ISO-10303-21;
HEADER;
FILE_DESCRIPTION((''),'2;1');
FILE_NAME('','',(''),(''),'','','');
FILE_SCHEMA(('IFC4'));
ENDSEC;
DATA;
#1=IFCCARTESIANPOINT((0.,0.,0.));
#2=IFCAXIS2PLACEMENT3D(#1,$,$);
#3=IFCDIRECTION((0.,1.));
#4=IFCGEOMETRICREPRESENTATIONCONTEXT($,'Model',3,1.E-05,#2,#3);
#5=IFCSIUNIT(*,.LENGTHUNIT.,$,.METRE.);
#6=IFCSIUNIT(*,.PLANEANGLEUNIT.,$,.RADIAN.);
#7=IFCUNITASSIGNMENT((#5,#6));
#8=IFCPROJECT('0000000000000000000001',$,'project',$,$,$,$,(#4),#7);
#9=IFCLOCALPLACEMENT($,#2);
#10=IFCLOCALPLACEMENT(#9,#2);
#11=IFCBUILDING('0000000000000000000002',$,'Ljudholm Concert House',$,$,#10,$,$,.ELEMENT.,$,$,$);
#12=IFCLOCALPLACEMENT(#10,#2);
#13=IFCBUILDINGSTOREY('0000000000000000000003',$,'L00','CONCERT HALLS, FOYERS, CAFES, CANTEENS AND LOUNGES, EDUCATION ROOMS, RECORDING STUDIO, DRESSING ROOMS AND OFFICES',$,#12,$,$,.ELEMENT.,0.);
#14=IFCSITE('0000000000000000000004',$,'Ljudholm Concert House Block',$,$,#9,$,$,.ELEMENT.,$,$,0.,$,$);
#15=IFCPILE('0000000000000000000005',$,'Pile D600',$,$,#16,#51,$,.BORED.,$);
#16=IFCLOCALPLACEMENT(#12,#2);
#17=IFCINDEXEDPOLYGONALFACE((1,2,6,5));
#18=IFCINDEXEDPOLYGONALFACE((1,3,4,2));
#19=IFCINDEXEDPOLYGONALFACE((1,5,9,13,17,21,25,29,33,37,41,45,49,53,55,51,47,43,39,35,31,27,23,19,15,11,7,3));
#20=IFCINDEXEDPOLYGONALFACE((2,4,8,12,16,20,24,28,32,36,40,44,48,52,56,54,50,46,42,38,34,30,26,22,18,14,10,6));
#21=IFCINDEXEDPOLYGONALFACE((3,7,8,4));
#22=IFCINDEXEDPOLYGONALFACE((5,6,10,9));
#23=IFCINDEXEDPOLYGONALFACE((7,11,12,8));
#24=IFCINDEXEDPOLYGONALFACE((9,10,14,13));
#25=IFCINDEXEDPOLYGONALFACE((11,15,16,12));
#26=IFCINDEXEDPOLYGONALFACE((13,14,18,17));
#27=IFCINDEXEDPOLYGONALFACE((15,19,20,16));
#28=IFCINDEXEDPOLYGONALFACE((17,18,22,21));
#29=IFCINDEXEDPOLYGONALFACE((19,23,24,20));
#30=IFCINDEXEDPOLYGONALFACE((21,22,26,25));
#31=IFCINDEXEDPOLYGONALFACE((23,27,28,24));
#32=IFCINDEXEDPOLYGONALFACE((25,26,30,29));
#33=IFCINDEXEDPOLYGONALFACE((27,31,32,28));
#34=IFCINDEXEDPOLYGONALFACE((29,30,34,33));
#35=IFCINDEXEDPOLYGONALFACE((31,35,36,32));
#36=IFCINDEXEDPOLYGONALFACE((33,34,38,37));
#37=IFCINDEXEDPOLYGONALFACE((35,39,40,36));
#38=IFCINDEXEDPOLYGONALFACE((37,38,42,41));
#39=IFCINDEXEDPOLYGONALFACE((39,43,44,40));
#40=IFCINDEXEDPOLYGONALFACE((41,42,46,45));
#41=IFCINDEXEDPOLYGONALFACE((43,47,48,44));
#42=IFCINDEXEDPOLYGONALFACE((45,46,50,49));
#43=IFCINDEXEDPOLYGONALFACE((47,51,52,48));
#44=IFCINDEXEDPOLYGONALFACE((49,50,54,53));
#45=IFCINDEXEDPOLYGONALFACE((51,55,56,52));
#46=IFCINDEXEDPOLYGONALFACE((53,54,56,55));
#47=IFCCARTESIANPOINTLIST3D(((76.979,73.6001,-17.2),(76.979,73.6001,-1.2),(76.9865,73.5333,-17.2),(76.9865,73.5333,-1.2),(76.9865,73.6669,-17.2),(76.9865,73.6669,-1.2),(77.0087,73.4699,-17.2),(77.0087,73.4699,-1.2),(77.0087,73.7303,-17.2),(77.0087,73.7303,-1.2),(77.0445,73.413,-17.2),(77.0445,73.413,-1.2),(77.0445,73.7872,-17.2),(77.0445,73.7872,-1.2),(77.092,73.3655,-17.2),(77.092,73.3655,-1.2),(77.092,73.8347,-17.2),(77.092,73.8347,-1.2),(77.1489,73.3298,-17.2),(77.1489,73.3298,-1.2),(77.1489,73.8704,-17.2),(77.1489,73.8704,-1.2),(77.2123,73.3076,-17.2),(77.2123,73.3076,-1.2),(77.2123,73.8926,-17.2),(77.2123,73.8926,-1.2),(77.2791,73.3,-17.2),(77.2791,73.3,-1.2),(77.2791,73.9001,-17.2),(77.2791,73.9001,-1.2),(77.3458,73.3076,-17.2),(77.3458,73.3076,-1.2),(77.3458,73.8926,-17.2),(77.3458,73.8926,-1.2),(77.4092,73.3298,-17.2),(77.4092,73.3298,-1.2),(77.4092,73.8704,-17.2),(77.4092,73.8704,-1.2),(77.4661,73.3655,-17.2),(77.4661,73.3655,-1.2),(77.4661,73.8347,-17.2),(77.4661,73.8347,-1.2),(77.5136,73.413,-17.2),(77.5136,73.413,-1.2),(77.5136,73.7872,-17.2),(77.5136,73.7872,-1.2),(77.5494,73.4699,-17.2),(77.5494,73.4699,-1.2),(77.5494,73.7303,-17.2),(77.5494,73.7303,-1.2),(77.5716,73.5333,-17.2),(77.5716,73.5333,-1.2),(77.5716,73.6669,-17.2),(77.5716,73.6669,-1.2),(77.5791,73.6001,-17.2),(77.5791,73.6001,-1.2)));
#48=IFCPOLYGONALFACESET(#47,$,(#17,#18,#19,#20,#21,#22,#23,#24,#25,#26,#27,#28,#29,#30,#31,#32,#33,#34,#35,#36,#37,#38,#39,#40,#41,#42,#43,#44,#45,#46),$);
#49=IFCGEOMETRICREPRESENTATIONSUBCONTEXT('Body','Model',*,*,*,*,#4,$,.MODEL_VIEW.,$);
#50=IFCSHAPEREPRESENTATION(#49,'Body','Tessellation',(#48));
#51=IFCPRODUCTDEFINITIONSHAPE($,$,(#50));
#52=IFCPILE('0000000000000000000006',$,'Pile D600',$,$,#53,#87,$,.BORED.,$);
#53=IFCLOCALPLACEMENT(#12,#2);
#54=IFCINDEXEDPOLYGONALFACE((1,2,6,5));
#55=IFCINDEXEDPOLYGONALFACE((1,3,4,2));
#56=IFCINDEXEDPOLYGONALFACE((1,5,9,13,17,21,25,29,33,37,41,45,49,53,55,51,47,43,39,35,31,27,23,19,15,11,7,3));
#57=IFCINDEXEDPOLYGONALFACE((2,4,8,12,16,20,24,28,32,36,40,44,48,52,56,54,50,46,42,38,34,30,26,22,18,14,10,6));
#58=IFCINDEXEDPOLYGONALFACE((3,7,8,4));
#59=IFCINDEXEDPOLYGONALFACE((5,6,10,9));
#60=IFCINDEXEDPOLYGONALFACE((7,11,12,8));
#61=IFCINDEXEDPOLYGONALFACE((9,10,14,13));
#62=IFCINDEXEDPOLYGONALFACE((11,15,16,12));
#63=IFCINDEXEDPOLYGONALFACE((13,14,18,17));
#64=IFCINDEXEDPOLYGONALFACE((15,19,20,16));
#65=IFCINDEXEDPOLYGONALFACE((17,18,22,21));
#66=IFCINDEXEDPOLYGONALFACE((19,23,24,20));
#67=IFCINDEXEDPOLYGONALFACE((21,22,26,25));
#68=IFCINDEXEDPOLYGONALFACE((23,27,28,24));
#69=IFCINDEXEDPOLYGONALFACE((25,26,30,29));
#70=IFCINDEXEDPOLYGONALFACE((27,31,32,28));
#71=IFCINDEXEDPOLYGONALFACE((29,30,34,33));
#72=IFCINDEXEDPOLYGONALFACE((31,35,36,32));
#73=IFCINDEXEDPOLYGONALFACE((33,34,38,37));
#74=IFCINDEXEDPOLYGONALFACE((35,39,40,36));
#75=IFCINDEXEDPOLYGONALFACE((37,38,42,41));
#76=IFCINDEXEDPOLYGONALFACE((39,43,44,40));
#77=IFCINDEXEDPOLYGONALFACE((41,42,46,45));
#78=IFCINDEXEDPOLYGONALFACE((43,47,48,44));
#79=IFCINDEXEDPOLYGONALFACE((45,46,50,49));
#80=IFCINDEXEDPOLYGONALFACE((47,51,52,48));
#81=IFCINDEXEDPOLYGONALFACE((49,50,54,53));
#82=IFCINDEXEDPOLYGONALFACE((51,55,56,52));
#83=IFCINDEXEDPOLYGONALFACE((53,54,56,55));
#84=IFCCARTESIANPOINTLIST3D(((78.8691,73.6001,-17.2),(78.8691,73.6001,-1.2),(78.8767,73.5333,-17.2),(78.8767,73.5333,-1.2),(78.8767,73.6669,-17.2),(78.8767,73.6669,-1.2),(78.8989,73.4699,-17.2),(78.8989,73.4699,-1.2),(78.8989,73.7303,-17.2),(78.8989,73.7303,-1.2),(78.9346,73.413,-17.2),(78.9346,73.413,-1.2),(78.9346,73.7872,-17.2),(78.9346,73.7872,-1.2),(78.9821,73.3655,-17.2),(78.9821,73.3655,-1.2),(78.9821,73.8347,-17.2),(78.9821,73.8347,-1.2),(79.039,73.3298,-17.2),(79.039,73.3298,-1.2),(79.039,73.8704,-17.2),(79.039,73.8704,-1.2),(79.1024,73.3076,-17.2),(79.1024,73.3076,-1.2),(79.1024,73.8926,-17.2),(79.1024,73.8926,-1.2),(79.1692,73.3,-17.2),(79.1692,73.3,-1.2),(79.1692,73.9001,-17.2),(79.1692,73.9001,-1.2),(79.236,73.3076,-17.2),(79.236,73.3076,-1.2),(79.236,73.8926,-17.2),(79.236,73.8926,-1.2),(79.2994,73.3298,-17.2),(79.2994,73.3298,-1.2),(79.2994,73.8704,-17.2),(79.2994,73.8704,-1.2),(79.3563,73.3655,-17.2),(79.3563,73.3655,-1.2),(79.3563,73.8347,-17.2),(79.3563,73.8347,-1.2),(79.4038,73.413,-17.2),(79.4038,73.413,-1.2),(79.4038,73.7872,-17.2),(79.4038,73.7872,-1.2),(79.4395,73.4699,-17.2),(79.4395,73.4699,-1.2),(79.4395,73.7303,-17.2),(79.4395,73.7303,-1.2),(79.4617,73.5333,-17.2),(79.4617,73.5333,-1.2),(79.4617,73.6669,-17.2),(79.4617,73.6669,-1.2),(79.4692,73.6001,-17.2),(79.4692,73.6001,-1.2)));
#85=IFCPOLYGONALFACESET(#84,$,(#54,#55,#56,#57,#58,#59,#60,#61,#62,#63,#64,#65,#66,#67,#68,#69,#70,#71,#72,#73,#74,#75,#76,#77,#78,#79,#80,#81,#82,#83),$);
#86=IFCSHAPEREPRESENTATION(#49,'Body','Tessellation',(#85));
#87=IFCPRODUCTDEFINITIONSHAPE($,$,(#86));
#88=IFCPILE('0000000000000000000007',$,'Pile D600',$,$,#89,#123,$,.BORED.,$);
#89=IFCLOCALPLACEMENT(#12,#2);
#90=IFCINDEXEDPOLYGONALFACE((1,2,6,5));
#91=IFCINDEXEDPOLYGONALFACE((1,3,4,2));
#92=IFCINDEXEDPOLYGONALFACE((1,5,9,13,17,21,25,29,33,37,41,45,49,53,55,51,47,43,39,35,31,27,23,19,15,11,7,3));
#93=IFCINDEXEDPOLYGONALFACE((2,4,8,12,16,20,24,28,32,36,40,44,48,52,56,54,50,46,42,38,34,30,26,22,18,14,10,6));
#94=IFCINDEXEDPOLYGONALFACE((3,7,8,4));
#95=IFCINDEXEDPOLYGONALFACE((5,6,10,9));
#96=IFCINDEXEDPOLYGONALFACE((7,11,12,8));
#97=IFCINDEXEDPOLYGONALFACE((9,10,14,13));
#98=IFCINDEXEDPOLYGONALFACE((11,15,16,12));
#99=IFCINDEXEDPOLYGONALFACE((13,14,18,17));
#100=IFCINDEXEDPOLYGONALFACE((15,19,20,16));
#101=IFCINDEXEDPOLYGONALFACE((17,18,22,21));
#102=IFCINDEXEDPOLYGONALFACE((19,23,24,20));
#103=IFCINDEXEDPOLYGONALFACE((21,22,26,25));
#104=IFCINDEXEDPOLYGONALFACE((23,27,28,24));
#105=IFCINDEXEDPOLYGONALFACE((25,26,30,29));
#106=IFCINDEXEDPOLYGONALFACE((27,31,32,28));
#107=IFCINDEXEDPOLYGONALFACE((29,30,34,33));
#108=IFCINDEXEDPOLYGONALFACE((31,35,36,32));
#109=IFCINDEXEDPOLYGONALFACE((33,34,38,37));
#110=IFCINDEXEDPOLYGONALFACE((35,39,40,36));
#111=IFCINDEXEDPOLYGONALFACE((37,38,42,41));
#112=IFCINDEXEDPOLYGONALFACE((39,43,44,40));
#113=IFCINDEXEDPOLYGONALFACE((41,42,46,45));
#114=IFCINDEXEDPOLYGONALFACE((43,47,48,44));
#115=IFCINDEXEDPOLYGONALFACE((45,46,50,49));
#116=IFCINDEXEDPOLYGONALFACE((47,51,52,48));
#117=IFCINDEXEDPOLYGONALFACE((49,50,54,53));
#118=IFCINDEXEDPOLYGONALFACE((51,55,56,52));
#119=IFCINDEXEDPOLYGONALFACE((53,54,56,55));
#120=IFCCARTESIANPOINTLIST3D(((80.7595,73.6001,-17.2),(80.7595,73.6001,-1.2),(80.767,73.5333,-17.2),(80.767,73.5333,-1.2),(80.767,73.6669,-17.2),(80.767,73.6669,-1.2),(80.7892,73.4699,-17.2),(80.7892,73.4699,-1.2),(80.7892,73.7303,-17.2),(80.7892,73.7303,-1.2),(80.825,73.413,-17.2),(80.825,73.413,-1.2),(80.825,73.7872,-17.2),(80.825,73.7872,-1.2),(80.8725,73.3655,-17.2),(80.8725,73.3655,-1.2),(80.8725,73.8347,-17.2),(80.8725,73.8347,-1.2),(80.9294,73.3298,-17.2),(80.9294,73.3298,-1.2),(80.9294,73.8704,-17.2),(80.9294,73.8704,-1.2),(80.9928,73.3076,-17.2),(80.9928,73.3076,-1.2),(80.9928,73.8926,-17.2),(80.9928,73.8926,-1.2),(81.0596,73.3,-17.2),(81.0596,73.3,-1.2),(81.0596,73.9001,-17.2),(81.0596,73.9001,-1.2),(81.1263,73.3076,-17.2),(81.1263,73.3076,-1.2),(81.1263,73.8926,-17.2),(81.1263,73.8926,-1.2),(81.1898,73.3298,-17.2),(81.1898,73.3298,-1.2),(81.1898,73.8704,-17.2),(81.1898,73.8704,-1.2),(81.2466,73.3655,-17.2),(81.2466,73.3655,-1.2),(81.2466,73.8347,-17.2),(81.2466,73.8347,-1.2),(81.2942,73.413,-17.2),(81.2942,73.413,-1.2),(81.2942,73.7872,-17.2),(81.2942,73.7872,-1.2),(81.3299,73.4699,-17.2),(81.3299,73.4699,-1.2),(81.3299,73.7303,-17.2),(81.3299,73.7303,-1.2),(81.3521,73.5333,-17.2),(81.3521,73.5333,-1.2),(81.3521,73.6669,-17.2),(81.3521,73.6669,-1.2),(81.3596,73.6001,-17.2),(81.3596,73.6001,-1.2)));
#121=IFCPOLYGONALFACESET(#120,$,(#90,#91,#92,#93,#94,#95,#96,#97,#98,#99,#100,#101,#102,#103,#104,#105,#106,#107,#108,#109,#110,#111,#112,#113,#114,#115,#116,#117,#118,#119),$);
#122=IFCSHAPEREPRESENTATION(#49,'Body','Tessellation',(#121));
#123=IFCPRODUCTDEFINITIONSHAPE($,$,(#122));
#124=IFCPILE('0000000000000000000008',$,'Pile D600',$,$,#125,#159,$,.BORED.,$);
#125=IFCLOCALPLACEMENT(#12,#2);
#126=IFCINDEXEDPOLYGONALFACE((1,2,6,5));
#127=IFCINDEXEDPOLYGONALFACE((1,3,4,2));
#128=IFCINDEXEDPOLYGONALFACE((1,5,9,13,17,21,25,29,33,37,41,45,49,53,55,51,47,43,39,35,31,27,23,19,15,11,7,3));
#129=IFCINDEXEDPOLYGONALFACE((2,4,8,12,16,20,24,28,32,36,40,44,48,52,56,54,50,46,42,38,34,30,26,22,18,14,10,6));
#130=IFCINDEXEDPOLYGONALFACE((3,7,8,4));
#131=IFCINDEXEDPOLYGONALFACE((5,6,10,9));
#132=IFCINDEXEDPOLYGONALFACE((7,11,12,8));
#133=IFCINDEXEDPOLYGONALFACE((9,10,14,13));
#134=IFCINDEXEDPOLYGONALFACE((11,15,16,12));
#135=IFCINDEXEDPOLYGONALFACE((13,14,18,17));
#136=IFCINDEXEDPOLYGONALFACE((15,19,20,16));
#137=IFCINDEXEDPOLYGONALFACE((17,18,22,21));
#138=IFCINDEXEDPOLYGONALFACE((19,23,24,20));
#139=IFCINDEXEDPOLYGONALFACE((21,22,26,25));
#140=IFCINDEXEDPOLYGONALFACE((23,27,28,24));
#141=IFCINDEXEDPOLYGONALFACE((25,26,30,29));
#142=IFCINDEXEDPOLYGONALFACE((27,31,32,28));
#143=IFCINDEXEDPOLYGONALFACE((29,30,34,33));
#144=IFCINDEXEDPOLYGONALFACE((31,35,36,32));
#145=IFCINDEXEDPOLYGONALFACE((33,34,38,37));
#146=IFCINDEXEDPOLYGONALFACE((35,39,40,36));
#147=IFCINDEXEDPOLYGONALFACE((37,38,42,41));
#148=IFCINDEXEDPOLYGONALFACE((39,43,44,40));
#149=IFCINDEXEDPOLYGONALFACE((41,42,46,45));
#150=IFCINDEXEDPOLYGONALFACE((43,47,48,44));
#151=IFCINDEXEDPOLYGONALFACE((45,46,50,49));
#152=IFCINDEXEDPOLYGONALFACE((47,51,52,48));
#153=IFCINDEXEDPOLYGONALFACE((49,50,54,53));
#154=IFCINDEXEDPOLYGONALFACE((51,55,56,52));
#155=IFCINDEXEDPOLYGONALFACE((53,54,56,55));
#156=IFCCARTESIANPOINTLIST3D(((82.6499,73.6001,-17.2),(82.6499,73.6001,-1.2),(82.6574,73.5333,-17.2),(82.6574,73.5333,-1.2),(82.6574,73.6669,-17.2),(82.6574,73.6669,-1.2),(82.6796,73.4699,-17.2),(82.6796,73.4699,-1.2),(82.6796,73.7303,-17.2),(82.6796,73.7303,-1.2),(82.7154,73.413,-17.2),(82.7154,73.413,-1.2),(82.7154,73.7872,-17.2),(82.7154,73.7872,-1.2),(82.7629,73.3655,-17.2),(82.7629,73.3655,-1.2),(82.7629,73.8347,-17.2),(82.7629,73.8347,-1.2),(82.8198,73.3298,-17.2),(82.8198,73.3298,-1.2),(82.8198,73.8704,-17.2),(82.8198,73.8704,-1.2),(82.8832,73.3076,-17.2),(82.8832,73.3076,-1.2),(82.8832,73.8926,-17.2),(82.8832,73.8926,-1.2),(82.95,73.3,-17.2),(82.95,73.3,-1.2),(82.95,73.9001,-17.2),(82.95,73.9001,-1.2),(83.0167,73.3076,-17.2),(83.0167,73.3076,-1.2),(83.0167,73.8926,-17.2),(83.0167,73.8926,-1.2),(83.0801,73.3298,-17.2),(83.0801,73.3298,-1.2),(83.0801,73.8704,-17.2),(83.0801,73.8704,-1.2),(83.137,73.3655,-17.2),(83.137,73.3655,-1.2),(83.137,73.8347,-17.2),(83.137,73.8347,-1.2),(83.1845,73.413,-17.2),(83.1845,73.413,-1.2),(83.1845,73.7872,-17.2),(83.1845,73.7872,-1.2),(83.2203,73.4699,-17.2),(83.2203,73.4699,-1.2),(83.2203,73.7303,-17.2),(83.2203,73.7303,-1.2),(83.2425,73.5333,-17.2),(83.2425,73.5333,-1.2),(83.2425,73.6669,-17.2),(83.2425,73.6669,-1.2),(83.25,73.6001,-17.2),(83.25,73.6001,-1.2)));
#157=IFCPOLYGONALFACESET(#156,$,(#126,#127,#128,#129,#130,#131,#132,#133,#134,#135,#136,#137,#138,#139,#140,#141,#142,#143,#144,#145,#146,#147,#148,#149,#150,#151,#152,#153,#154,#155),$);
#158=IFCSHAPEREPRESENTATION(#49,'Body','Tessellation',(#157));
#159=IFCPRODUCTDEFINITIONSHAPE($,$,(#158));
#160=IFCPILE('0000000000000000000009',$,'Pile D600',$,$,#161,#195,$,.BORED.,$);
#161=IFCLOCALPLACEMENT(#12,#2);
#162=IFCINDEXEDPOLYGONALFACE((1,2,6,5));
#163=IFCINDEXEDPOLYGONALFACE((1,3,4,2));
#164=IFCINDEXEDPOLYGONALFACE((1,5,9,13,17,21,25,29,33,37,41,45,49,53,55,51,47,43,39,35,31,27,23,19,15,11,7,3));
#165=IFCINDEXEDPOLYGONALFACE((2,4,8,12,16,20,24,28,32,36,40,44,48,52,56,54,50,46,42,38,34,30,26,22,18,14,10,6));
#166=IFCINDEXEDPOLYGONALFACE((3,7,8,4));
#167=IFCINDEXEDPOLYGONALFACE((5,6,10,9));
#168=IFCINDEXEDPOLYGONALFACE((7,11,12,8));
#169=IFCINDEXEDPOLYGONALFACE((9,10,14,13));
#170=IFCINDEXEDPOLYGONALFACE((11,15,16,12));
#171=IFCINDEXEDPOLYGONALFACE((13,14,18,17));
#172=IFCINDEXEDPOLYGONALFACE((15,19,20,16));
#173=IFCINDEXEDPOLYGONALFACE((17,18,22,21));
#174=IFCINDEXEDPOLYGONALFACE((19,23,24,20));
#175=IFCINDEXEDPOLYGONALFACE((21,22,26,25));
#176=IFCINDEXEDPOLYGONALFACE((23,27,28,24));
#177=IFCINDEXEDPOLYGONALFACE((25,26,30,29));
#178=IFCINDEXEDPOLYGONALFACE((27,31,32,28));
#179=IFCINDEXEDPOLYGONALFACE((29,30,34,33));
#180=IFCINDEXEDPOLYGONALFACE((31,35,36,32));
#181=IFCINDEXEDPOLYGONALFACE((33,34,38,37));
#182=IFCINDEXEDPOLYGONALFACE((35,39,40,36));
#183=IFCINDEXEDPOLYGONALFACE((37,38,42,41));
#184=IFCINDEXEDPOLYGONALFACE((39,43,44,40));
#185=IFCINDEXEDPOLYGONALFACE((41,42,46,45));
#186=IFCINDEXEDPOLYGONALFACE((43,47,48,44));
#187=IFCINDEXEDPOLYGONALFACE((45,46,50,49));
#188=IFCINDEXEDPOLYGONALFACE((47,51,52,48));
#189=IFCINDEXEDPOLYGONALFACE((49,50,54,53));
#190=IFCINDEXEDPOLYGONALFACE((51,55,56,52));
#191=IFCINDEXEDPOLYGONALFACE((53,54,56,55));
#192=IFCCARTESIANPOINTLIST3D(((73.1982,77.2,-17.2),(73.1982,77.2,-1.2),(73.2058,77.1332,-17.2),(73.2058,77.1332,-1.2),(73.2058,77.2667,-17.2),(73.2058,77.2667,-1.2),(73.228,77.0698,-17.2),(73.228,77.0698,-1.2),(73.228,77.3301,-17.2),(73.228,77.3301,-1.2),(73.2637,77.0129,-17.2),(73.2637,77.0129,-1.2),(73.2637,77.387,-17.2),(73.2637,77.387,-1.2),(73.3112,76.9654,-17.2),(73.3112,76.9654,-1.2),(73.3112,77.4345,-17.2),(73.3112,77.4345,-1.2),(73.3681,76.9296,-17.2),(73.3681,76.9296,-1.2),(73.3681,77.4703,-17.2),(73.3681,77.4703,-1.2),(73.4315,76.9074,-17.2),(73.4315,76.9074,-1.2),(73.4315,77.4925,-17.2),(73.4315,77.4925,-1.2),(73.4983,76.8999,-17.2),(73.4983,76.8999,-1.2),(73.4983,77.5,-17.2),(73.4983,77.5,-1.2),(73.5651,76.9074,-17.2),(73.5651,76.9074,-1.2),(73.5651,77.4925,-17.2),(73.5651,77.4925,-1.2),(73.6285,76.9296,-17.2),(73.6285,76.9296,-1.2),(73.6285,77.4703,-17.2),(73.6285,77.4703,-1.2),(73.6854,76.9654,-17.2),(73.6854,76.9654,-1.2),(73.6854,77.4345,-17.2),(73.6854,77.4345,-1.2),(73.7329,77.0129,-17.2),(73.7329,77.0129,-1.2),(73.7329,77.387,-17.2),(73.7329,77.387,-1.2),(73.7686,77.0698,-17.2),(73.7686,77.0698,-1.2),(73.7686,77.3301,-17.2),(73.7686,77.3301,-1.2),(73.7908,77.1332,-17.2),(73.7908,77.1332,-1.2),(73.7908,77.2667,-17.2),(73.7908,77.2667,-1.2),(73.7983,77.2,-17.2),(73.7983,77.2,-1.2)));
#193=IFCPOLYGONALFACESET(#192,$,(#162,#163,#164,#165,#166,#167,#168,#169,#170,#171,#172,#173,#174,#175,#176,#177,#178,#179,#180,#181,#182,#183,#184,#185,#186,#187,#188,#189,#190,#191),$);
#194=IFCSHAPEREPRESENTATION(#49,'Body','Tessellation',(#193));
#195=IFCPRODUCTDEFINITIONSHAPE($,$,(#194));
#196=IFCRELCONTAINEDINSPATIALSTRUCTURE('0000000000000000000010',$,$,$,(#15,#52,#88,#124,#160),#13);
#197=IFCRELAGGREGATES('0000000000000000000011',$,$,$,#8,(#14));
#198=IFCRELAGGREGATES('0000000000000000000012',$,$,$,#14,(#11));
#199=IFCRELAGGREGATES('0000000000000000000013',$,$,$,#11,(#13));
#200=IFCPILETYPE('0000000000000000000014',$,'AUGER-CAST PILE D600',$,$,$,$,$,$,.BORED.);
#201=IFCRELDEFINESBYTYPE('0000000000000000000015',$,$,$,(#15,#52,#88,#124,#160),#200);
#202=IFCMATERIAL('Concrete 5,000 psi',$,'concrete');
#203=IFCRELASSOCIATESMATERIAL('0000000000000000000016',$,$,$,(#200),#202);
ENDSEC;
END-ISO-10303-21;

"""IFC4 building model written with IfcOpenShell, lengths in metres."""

from ifc_helpers import new_model, si_unit, direction, frame, origin, origin_2d, place, context, subcontext, project, spatial, circle, extrude, material, material_profile, profile_set, type_object, element, save


model = new_model("IFC4")

# Units and contexts
model_context = context("Model", 3, precision=1e-05, world=origin(), true_north=direction((0.0, 1.0)))
body_context = subcontext(model_context, "Body", "Model", "MODEL_VIEW")
ifc_project = project(units=[si_unit("LENGTHUNIT", "METRE"), si_unit("PLANEANGLEUNIT", "RADIAN")], contexts=[model_context])

# Site, building, storey
site_placement = place(None, origin())
site = spatial("IfcSite", under=ifc_project, at=site_placement, Name="Ljudholm Concert House Block", CompositionType="ELEMENT", RefElevation=0.0)
building_placement = place(site_placement, origin())
building = spatial("IfcBuilding", under=site, at=building_placement, Name="Ljudholm Concert House", CompositionType="ELEMENT")
storey_placement = place(building_placement, origin())
storey = spatial("IfcBuildingStorey", under=building, at=storey_placement, Name="L00", Description="CONCERT HALLS, FOYERS, CAFES, CANTEENS AND LOUNGES, EDUCATION ROOMS, RECORDING STUDIO, DRESSING ROOMS AND OFFICES", CompositionType="ELEMENT", Elevation=0.0)

# Piles
ifc_material_1 = material(Name="Concrete 5,000 psi", Category="concrete")
ifc_material_profile = material_profile(ifc_material_1, circle(Radius=0.3, at=origin_2d()), Name="AUGER-CAST PILE D600")
ifc_profile_set = profile_set([ifc_material_profile], Name="Concrete 5,000 psi")
pile_type = type_object("IfcPileType", Name="AUGER-CAST PILE D600", PredefinedType="BORED", material=ifc_profile_set)
for number, where, z_axis, x_axis, name in (
    (1, (77.2791, 73.6001, -1.2), (0.0, 0.0, -1.0), (1.0, 0.0, 0.0), "Pile D600"),
    (2, (79.1692, 73.6001, -1.2), (0.0, 0.0, -1.0), (1.0, 0.0, 0.0), "Pile D600"),
    (3, (81.0596, 73.6001, -1.2), (0.0, 0.0, -1.0), (1.0, 0.0, 0.0), "Pile D600"),
    (4, (82.95, 73.6001, -1.2), (0.0, 0.0, -1.0), (1.0, 0.0, 0.0), "Pile D600"),
    (5, (73.4983, 77.2, -1.2), (0.0, 0.0, -1.0), (1.0, 0.0, 0.0), "Pile D600"),
):
    element("IfcPile", number, at=place(storey_placement, frame(where, z_axis=z_axis, x_axis=x_axis)), inside=storey, type_object=pile_type, Name=name, PredefinedType="BORED", context=body_context, shape_type="SweptSolid", body=[
        extrude(circle(Radius=0.3, at=origin_2d()), origin(), (0.0, 0.0, 1.0), 16.0),
    ])

save(model, "model.ifc")
